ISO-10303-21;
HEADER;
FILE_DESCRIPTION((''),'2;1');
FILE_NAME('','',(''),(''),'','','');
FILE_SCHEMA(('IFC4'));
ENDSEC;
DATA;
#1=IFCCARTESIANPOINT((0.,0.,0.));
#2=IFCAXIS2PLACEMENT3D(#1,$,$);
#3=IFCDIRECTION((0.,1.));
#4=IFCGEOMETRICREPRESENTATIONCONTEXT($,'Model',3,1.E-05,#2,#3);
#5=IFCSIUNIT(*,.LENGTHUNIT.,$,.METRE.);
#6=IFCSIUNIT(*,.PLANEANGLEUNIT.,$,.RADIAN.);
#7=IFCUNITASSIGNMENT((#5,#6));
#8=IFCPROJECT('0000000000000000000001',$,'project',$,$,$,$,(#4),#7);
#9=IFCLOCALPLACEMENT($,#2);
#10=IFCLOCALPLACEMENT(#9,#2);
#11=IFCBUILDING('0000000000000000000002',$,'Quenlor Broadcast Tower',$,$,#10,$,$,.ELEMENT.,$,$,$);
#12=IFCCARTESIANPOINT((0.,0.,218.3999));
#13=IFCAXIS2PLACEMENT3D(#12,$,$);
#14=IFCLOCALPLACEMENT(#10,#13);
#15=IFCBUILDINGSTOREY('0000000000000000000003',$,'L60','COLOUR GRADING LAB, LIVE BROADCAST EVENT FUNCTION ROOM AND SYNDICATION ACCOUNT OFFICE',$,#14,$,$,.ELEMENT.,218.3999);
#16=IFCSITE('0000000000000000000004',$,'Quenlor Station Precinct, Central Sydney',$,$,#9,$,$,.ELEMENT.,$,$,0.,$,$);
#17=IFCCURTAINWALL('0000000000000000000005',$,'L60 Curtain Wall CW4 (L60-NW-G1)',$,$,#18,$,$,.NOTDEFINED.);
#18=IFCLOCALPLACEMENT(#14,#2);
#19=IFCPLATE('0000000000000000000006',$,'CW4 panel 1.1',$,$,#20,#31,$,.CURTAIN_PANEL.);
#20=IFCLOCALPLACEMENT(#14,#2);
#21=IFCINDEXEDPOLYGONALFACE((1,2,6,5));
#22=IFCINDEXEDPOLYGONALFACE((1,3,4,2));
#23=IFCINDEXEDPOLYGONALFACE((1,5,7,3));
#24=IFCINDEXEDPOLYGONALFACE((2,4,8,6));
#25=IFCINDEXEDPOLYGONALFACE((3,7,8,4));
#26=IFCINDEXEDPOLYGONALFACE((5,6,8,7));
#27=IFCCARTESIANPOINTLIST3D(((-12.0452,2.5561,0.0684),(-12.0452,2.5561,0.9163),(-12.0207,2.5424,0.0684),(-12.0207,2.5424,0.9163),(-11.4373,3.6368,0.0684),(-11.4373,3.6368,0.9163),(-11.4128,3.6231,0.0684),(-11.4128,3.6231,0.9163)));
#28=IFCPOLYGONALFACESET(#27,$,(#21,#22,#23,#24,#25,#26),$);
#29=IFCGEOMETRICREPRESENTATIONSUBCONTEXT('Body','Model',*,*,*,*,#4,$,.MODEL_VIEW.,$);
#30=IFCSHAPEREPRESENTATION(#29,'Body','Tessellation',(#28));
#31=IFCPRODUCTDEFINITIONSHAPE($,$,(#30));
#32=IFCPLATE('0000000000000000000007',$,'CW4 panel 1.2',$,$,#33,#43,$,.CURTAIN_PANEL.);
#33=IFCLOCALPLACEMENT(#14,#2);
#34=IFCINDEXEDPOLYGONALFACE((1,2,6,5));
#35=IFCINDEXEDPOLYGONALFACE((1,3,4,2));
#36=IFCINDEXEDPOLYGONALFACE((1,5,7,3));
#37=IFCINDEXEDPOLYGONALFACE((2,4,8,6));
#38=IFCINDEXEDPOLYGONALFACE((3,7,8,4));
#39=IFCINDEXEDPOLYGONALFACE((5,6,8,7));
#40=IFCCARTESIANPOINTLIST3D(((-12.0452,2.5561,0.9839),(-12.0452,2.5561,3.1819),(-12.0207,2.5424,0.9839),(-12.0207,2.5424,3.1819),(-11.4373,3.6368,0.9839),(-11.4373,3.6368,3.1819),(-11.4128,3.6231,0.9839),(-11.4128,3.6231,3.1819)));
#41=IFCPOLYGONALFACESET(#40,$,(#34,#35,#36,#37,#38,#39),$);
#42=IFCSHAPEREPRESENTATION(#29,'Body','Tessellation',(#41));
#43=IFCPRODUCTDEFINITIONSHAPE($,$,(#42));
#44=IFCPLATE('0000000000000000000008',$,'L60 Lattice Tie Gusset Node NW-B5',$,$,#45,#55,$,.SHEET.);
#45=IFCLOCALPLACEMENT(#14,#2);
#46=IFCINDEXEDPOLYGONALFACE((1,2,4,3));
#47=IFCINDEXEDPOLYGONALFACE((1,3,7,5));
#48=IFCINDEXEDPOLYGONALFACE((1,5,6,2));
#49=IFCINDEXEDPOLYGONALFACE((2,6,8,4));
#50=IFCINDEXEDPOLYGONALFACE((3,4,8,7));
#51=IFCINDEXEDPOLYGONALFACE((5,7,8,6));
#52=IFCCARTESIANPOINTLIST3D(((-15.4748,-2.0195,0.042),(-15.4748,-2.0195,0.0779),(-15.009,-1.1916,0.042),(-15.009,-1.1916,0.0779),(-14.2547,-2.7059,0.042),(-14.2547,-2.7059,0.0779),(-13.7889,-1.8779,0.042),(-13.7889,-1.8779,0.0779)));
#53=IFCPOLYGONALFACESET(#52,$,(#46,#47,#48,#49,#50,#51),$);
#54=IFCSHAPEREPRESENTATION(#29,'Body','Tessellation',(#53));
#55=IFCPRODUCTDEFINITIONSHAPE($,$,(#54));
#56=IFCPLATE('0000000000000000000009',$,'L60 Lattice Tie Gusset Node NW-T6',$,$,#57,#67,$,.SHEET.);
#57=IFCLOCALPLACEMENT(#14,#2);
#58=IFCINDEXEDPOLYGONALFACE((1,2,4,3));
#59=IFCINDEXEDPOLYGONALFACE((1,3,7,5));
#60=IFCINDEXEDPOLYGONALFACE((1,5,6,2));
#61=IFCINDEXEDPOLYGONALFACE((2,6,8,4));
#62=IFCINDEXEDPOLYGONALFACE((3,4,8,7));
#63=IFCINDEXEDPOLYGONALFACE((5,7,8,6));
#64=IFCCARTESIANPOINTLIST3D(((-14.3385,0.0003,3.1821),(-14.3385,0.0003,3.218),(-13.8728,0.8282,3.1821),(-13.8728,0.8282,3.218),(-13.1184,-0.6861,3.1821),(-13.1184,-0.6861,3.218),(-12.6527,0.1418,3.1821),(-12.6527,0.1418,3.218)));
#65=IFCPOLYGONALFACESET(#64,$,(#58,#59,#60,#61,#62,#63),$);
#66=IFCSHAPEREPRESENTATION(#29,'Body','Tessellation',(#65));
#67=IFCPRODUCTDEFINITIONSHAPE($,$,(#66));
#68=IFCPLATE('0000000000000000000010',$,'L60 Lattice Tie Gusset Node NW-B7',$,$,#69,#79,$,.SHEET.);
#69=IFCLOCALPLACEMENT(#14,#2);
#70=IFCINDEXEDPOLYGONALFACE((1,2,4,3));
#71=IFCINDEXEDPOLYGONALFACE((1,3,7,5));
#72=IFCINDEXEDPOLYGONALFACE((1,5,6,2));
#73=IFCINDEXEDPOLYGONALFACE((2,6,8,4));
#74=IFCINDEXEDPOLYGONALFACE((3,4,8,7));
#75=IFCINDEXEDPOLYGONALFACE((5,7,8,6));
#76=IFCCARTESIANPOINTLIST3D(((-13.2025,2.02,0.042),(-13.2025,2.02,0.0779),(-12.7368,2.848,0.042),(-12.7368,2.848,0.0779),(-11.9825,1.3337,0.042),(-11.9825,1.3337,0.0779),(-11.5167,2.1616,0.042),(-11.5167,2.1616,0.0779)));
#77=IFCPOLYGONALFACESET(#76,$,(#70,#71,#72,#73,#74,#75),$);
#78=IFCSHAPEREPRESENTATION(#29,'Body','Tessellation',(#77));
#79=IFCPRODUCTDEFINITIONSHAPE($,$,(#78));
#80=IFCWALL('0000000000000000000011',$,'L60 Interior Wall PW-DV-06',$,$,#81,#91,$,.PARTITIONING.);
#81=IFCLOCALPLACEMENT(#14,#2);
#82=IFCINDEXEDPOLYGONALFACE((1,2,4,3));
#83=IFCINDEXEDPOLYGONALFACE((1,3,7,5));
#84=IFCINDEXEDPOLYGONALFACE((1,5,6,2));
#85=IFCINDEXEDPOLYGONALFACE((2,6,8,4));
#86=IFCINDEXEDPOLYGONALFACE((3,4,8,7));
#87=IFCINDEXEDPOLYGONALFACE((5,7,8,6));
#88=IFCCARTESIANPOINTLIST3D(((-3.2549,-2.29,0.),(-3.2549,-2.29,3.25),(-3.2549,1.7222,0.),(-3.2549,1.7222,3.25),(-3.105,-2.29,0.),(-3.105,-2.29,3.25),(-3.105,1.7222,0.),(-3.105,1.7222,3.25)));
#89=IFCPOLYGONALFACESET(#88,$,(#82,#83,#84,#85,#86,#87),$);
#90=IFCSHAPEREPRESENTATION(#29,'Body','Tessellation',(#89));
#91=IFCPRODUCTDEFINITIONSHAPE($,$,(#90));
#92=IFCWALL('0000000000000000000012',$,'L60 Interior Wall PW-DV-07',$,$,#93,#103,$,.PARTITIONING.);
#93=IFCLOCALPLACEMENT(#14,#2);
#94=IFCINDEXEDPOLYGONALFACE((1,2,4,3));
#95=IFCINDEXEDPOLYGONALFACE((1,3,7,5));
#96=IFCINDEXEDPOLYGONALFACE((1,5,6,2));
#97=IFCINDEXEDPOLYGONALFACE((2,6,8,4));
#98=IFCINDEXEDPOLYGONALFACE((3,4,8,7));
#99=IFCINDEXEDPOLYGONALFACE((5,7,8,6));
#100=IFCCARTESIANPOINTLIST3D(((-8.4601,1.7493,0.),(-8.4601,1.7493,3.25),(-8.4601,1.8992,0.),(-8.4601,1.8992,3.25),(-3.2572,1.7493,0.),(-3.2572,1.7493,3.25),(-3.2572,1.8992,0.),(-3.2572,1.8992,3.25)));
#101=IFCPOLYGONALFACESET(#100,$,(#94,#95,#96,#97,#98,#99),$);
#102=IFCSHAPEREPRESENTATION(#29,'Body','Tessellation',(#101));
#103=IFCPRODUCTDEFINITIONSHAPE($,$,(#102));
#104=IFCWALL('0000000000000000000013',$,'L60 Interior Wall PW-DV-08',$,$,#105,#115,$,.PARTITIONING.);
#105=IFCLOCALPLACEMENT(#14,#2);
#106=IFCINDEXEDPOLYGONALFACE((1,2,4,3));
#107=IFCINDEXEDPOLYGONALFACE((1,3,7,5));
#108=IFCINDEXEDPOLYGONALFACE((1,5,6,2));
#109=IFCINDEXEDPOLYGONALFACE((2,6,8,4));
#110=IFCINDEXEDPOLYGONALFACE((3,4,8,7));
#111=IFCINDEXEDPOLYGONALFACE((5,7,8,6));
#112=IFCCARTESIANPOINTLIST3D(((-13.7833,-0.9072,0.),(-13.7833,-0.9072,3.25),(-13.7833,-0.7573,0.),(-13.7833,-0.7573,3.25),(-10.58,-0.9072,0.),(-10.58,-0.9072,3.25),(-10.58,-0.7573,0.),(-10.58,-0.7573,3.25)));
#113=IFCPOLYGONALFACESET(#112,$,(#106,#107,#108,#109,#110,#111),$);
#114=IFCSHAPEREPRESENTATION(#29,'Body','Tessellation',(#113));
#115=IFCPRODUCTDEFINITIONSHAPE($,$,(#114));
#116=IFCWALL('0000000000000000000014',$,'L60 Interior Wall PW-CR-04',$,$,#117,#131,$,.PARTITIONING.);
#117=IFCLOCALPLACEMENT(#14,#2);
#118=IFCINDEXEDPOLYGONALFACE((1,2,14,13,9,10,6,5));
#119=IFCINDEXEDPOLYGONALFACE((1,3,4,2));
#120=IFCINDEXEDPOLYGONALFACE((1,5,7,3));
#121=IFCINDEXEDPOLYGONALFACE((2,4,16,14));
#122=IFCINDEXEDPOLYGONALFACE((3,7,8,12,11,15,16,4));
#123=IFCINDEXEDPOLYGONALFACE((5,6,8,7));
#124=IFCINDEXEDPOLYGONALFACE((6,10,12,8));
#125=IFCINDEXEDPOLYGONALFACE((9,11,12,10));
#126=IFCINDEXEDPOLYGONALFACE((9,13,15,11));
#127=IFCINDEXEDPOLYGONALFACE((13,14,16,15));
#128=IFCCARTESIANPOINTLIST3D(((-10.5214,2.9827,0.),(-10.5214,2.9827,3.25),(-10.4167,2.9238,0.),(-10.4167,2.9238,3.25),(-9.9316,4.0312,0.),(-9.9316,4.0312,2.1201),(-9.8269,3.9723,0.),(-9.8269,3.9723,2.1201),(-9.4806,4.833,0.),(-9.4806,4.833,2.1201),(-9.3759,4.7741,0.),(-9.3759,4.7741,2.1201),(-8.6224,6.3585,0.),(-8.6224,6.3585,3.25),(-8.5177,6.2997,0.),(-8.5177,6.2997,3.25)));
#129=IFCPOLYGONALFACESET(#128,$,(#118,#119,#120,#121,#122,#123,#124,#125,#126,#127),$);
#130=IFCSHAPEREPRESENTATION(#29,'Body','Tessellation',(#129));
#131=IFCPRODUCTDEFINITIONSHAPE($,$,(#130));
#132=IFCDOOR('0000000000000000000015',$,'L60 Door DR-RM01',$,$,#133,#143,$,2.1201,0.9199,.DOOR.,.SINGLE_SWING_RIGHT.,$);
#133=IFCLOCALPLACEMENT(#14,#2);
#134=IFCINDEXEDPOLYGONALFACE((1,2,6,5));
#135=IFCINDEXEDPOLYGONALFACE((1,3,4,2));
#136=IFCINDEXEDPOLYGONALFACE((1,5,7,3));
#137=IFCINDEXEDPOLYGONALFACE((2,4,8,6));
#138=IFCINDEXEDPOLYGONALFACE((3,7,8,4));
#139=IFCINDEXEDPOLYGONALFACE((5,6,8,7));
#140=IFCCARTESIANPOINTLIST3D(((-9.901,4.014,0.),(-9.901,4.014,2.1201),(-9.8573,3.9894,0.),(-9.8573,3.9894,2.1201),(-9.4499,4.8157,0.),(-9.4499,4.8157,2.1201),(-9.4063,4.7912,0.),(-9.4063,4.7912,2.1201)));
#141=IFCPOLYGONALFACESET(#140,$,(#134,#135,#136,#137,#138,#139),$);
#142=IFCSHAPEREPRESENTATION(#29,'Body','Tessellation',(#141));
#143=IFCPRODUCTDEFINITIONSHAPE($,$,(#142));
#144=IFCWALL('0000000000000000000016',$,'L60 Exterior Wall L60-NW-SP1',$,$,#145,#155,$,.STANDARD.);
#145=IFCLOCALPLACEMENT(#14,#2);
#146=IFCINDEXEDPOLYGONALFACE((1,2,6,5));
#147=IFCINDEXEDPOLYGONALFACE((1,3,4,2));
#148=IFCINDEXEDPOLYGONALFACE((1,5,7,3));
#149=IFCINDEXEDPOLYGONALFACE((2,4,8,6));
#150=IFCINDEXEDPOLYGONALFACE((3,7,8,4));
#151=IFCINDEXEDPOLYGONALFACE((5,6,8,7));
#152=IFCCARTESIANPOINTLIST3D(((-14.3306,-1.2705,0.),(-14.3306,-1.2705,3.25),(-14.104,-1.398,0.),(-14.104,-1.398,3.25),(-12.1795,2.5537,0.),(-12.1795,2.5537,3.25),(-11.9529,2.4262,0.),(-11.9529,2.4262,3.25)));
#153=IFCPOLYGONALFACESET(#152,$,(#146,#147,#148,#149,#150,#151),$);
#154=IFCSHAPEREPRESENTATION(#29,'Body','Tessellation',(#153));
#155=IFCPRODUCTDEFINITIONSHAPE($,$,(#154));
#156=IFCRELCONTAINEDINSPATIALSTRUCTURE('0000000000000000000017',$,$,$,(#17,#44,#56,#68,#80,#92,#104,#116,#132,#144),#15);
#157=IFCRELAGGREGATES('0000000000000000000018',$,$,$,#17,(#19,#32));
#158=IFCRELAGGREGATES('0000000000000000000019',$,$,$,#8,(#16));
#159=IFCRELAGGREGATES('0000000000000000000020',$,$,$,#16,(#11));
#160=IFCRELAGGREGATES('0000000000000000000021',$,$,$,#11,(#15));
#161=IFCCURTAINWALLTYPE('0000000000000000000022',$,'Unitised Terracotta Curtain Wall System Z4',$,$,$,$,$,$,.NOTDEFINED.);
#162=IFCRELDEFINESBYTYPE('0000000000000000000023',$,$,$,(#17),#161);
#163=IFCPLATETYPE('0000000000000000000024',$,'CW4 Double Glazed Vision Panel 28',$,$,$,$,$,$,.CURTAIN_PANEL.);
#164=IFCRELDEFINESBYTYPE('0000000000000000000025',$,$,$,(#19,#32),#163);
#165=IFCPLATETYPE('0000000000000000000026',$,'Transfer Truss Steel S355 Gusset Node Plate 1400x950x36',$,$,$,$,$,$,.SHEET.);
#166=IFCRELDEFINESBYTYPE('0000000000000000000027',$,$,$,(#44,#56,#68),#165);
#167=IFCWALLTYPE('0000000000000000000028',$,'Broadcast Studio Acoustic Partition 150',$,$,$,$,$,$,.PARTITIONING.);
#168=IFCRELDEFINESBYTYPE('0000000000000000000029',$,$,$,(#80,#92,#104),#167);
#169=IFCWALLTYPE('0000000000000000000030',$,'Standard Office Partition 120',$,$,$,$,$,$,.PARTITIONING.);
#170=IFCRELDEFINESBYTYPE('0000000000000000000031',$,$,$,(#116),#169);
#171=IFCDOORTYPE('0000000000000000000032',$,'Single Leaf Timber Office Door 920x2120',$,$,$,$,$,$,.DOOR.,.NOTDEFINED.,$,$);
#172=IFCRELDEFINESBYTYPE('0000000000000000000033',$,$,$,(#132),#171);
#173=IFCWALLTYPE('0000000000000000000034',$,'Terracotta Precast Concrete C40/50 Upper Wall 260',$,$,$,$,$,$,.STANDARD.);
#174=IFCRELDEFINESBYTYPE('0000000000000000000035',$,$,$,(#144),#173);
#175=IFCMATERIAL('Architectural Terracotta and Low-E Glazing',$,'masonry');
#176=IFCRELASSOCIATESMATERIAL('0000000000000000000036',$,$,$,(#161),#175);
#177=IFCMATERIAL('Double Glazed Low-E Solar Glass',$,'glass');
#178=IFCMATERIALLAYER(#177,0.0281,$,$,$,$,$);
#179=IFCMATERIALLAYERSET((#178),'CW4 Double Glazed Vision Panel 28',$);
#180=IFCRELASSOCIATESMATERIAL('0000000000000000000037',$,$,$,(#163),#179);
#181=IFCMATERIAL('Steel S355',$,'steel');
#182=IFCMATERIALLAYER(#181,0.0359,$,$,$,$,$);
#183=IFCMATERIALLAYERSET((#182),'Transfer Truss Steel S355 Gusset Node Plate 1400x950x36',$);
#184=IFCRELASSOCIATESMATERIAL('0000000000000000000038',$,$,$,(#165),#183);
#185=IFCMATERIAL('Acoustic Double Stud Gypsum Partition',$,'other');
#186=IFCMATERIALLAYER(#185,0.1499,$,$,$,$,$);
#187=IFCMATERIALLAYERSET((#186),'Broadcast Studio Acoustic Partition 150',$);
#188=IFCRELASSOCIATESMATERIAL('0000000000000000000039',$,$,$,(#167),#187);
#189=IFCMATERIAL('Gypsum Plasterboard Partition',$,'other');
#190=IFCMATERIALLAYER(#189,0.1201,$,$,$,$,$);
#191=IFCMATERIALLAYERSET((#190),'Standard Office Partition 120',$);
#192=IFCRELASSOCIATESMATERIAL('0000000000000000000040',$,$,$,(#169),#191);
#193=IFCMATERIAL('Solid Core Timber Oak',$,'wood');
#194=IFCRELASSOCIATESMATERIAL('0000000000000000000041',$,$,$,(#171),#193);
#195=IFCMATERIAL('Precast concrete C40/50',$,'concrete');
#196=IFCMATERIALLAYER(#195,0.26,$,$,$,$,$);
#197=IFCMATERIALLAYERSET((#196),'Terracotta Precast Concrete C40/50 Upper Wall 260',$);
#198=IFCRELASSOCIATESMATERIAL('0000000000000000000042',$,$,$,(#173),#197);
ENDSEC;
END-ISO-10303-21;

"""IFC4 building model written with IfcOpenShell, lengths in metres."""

from ifc_helpers import new_model, si_unit, direction, frame, frame_2d, origin, origin_2d, place, context, subcontext, project, spatial, rectangle, extrude, material, layer, layer_set, type_object, element, fill, aggregate, save


model = new_model("IFC4")

# Units and contexts
model_context = context("Model", 3, precision=1e-05, world=origin(), true_north=direction((0.0, 1.0)))
body_context = subcontext(model_context, "Body", "Model", "MODEL_VIEW")
ifc_project = project(units=[si_unit("LENGTHUNIT", "METRE"), si_unit("PLANEANGLEUNIT", "RADIAN")], contexts=[model_context])

# Site, building, storey
site_placement = place(None, origin())
site = spatial("IfcSite", under=ifc_project, at=site_placement, Name="Quenlor Station Precinct, Central Sydney", CompositionType="ELEMENT", RefElevation=0.0)
building_placement = place(site_placement, origin())
building = spatial("IfcBuilding", under=site, at=building_placement, Name="Quenlor Broadcast Tower", CompositionType="ELEMENT")
storey_placement = place(building_placement, frame((0.0, 0.0, 218.3999)))
storey = spatial("IfcBuildingStorey", under=building, at=storey_placement, Name="L60", Description="COLOUR GRADING LAB, LIVE BROADCAST EVENT FUNCTION ROOM AND SYNDICATION ACCOUNT OFFICE", CompositionType="ELEMENT", Elevation=218.3999)

# Curtain wall
ifc_material_1 = material(Name="Architectural Terracotta and Low-E Glazing", Category="masonry")
curtain_wall_type = type_object("IfcCurtainWallType", Name="Unitised Terracotta Curtain Wall System Z4", PredefinedType="NOTDEFINED", material=ifc_material_1)
curtain_wall_placement = place(storey_placement, origin())
curtain_wall = element("IfcCurtainWall", 1, at=curtain_wall_placement, inside=storey, type_object=curtain_wall_type, Name="L60 Curtain Wall CW4 (L60-NW-G1)", PredefinedType="NOTDEFINED")

# Plates
ifc_material_2 = material(Name="Double Glazed Low-E Solar Glass", Category="glass")
ifc_layer_1 = layer(ifc_material_2, 0.0281)
ifc_layer_set_1 = layer_set([ifc_layer_1], Name="CW4 Double Glazed Vision Panel 28")
plate_type_1 = type_object("IfcPlateType", Name="CW4 Double Glazed Vision Panel 28", PredefinedType="CURTAIN_PANEL", material=ifc_layer_set_1)
plate_1_placement = place(storey_placement, frame((-11.729, 3.0896, 0.0684), z_axis=(0.0, 0.0, 1.0), x_axis=(0.490289, 0.87156, 0.0)))
plate_1 = element("IfcPlate", 2, at=plate_1_placement, type_object=plate_type_1, Name="CW4 panel 1.1", PredefinedType="CURTAIN_PANEL", context=body_context, shape_type="SweptSolid", body=[
    extrude(rectangle(XDim=1.24, YDim=0.0281, at=origin_2d()), origin(), (0.0, 0.0, 1.0), 0.8479),
])
plate_2_placement = place(storey_placement, frame((-11.729, 3.0896, 0.9839), z_axis=(0.0, 0.0, 1.0), x_axis=(0.490289, 0.87156, 0.0)))
plate_2 = element("IfcPlate", 3, at=plate_2_placement, type_object=plate_type_1, Name="CW4 panel 1.2", PredefinedType="CURTAIN_PANEL", context=body_context, shape_type="SweptSolid", body=[
    extrude(rectangle(XDim=1.24, YDim=0.0281, at=origin_2d()), origin(), (0.0, 0.0, 1.0), 2.198),
])
aggregate(curtain_wall, [plate_1, plate_2])

# Plates
ifc_material_3 = material(Name="Steel S355", Category="steel")
ifc_layer_2 = layer(ifc_material_3, 0.0359)
ifc_layer_set_2 = layer_set([ifc_layer_2], Name="Transfer Truss Steel S355 Gusset Node Plate 1400x950x36")
plate_type_2 = type_object("IfcPlateType", Name="Transfer Truss Steel S355 Gusset Node Plate 1400x950x36", PredefinedType="SHEET", material=ifc_layer_set_2)
for number, where, z_axis, x_axis, name in (
    (4, (-14.6318, -1.9487, 0.042), (0.0, 0.0, 1.0), (-0.871556, 0.490295, 0.0), "L60 Lattice Tie Gusset Node NW-B5"),
    (5, (-13.4956, 0.071, 3.1821), (0.0, 0.0, 1.0), (-0.871556, 0.490295, 0.0), "L60 Lattice Tie Gusset Node NW-T6"),
    (6, (-12.3596, 2.0908, 0.042), (0.0, 0.0, 1.0), (-0.871556, 0.490295, 0.0), "L60 Lattice Tie Gusset Node NW-B7"),
):
    element("IfcPlate", number, at=place(storey_placement, frame(where, z_axis=z_axis, x_axis=x_axis)), inside=storey, type_object=plate_type_2, Name=name, PredefinedType="SHEET", context=body_context, shape_type="SweptSolid", body=[
        extrude(rectangle(XDim=1.3999, YDim=0.95, at=origin_2d()), origin(), (0.0, 0.0, 1.0), 0.0359),
    ])

# Walls
ifc_material_4 = material(Name="Acoustic Double Stud Gypsum Partition", Category="other")
ifc_layer_3 = layer(ifc_material_4, 0.1499)
ifc_layer_set_3 = layer_set([ifc_layer_3], Name="Broadcast Studio Acoustic Partition 150")
wall_type_1 = type_object("IfcWallType", Name="Broadcast Studio Acoustic Partition 150", PredefinedType="PARTITIONING", material=ifc_layer_set_3)
wall_1_placement = place(storey_placement, frame((-3.1799, -2.29, 0.0), z_axis=(0.0, 0.0, 1.0), x_axis=(0.0, 1.0, 0.0)))
element("IfcWall", 7, at=wall_1_placement, inside=storey, type_object=wall_type_1, Name="L60 Interior Wall PW-DV-06", PredefinedType="PARTITIONING", context=body_context, shape_type="SweptSolid", body=[
    extrude(rectangle(XDim=4.0122, YDim=0.1499, at=frame_2d((2.0061, 0.0))), origin(), (0.0, 0.0, 1.0), 3.25),
])
wall_2_placement = place(storey_placement, frame((-3.2571, 1.8242, 0.0), z_axis=(0.0, 0.0, 1.0), x_axis=(-1.0, 0.0, 0.0)))
element("IfcWall", 8, at=wall_2_placement, inside=storey, type_object=wall_type_1, Name="L60 Interior Wall PW-DV-07", PredefinedType="PARTITIONING", context=body_context, shape_type="SweptSolid", body=[
    extrude(rectangle(XDim=5.2029, YDim=0.1499, at=frame_2d((2.6016, 0.0))), origin(), (0.0, 0.0, 1.0), 3.25),
])
wall_3_placement = place(storey_placement, frame((-10.5801, -0.8323, 0.0), z_axis=(0.0, 0.0, 1.0), x_axis=(-1.0, 0.0, 0.0)))
element("IfcWall", 9, at=wall_3_placement, inside=storey, type_object=wall_type_1, Name="L60 Interior Wall PW-DV-08", PredefinedType="PARTITIONING", context=body_context, shape_type="SweptSolid", body=[
    extrude(rectangle(XDim=3.2034, YDim=0.1499, at=frame_2d((1.6016, 0.0))), origin(), (0.0, 0.0, 1.0), 3.25),
])

# Wall, opening, door
ifc_material_5 = material(Name="Gypsum Plasterboard Partition", Category="other")
ifc_layer_4 = layer(ifc_material_5, 0.1201)
ifc_layer_set_4 = layer_set([ifc_layer_4], Name="Standard Office Partition 120")
wall_type_2 = type_object("IfcWallType", Name="Standard Office Partition 120", PredefinedType="PARTITIONING", material=ifc_layer_set_4)
wall_4_placement = place(storey_placement, frame((-10.469, 2.9534, 0.0), z_axis=(0.0, 0.0, 1.0), x_axis=(0.490276, 0.871567, 0.0)))
wall_4 = element("IfcWall", 10, at=wall_4_placement, inside=storey, type_object=wall_type_2, Name="L60 Interior Wall PW-CR-04", PredefinedType="PARTITIONING", context=body_context, shape_type="SweptSolid", body=[
    extrude(rectangle(XDim=3.8733, YDim=0.1201, at=frame_2d((1.9365, 0.0))), origin(), (0.0, 0.0, 1.0), 3.25),
])
opening_placement = place(wall_4_placement, frame((1.2029, 0.0, 0.0)))
opening = element("IfcOpeningElement", 11, at=opening_placement, cuts=wall_4, PredefinedType="OPENING", context=body_context, shape_type="SweptSolid", body=[
    extrude(rectangle(XDim=0.9199, YDim=2.1201, at=frame_2d((0.46, 1.0601))), frame((0.0, 0.0701, 0.0), z_axis=(0.0, -1.0, 0.0), x_axis=(1.0, 0.0, 0.0)), (0.0, 0.0, 1.0), 0.1401),
])
ifc_material_6 = material(Name="Solid Core Timber Oak", Category="wood")
door_type = type_object("IfcDoorType", Name="Single Leaf Timber Office Door 920x2120", OperationType="NOTDEFINED", PredefinedType="DOOR", material=ifc_material_6)
door_placement = place(opening_placement, origin())
door = element("IfcDoor", 12, at=door_placement, inside=storey, type_object=door_type, Name="L60 Door DR-RM01", OperationType="SINGLE_SWING_RIGHT", OverallHeight=2.1201, OverallWidth=0.9199, PredefinedType="DOOR", context=body_context, shape_type="SweptSolid", body=[
    extrude(rectangle(XDim=0.9199, YDim=2.1201, at=frame_2d((0.46, 1.0601))), frame((0.0, 0.0249, 0.0), z_axis=(0.0, -1.0, 0.0), x_axis=(1.0, 0.0, 0.0)), (0.0, 0.0, 1.0), 0.05),
])
fill(opening, door)

# Wall
ifc_material_7 = material(Name="Precast concrete C40/50", Category="concrete")
ifc_layer_5 = layer(ifc_material_7, 0.26)
ifc_layer_set_5 = layer_set([ifc_layer_5], Name="Terracotta Precast Concrete C40/50 Upper Wall 260")
wall_type_3 = type_object("IfcWallType", Name="Terracotta Precast Concrete C40/50 Upper Wall 260", PredefinedType="STANDARD", material=ifc_layer_set_5)
wall_5_placement = place(storey_placement, frame((-14.2173, -1.3342, 0.0), z_axis=(0.0, 0.0, 1.0), x_axis=(0.490261, 0.871576, 0.0)))
element("IfcWall", 13, at=wall_5_placement, inside=storey, type_object=wall_type_3, Name="L60 Exterior Wall L60-NW-SP1", PredefinedType="STANDARD", context=body_context, shape_type="SweptSolid", body=[
    extrude(rectangle(XDim=4.3877, YDim=0.26, at=frame_2d((2.1938, 0.0))), origin(), (0.0, 0.0, 1.0), 3.25),
])

save(model, "model.ifc")
